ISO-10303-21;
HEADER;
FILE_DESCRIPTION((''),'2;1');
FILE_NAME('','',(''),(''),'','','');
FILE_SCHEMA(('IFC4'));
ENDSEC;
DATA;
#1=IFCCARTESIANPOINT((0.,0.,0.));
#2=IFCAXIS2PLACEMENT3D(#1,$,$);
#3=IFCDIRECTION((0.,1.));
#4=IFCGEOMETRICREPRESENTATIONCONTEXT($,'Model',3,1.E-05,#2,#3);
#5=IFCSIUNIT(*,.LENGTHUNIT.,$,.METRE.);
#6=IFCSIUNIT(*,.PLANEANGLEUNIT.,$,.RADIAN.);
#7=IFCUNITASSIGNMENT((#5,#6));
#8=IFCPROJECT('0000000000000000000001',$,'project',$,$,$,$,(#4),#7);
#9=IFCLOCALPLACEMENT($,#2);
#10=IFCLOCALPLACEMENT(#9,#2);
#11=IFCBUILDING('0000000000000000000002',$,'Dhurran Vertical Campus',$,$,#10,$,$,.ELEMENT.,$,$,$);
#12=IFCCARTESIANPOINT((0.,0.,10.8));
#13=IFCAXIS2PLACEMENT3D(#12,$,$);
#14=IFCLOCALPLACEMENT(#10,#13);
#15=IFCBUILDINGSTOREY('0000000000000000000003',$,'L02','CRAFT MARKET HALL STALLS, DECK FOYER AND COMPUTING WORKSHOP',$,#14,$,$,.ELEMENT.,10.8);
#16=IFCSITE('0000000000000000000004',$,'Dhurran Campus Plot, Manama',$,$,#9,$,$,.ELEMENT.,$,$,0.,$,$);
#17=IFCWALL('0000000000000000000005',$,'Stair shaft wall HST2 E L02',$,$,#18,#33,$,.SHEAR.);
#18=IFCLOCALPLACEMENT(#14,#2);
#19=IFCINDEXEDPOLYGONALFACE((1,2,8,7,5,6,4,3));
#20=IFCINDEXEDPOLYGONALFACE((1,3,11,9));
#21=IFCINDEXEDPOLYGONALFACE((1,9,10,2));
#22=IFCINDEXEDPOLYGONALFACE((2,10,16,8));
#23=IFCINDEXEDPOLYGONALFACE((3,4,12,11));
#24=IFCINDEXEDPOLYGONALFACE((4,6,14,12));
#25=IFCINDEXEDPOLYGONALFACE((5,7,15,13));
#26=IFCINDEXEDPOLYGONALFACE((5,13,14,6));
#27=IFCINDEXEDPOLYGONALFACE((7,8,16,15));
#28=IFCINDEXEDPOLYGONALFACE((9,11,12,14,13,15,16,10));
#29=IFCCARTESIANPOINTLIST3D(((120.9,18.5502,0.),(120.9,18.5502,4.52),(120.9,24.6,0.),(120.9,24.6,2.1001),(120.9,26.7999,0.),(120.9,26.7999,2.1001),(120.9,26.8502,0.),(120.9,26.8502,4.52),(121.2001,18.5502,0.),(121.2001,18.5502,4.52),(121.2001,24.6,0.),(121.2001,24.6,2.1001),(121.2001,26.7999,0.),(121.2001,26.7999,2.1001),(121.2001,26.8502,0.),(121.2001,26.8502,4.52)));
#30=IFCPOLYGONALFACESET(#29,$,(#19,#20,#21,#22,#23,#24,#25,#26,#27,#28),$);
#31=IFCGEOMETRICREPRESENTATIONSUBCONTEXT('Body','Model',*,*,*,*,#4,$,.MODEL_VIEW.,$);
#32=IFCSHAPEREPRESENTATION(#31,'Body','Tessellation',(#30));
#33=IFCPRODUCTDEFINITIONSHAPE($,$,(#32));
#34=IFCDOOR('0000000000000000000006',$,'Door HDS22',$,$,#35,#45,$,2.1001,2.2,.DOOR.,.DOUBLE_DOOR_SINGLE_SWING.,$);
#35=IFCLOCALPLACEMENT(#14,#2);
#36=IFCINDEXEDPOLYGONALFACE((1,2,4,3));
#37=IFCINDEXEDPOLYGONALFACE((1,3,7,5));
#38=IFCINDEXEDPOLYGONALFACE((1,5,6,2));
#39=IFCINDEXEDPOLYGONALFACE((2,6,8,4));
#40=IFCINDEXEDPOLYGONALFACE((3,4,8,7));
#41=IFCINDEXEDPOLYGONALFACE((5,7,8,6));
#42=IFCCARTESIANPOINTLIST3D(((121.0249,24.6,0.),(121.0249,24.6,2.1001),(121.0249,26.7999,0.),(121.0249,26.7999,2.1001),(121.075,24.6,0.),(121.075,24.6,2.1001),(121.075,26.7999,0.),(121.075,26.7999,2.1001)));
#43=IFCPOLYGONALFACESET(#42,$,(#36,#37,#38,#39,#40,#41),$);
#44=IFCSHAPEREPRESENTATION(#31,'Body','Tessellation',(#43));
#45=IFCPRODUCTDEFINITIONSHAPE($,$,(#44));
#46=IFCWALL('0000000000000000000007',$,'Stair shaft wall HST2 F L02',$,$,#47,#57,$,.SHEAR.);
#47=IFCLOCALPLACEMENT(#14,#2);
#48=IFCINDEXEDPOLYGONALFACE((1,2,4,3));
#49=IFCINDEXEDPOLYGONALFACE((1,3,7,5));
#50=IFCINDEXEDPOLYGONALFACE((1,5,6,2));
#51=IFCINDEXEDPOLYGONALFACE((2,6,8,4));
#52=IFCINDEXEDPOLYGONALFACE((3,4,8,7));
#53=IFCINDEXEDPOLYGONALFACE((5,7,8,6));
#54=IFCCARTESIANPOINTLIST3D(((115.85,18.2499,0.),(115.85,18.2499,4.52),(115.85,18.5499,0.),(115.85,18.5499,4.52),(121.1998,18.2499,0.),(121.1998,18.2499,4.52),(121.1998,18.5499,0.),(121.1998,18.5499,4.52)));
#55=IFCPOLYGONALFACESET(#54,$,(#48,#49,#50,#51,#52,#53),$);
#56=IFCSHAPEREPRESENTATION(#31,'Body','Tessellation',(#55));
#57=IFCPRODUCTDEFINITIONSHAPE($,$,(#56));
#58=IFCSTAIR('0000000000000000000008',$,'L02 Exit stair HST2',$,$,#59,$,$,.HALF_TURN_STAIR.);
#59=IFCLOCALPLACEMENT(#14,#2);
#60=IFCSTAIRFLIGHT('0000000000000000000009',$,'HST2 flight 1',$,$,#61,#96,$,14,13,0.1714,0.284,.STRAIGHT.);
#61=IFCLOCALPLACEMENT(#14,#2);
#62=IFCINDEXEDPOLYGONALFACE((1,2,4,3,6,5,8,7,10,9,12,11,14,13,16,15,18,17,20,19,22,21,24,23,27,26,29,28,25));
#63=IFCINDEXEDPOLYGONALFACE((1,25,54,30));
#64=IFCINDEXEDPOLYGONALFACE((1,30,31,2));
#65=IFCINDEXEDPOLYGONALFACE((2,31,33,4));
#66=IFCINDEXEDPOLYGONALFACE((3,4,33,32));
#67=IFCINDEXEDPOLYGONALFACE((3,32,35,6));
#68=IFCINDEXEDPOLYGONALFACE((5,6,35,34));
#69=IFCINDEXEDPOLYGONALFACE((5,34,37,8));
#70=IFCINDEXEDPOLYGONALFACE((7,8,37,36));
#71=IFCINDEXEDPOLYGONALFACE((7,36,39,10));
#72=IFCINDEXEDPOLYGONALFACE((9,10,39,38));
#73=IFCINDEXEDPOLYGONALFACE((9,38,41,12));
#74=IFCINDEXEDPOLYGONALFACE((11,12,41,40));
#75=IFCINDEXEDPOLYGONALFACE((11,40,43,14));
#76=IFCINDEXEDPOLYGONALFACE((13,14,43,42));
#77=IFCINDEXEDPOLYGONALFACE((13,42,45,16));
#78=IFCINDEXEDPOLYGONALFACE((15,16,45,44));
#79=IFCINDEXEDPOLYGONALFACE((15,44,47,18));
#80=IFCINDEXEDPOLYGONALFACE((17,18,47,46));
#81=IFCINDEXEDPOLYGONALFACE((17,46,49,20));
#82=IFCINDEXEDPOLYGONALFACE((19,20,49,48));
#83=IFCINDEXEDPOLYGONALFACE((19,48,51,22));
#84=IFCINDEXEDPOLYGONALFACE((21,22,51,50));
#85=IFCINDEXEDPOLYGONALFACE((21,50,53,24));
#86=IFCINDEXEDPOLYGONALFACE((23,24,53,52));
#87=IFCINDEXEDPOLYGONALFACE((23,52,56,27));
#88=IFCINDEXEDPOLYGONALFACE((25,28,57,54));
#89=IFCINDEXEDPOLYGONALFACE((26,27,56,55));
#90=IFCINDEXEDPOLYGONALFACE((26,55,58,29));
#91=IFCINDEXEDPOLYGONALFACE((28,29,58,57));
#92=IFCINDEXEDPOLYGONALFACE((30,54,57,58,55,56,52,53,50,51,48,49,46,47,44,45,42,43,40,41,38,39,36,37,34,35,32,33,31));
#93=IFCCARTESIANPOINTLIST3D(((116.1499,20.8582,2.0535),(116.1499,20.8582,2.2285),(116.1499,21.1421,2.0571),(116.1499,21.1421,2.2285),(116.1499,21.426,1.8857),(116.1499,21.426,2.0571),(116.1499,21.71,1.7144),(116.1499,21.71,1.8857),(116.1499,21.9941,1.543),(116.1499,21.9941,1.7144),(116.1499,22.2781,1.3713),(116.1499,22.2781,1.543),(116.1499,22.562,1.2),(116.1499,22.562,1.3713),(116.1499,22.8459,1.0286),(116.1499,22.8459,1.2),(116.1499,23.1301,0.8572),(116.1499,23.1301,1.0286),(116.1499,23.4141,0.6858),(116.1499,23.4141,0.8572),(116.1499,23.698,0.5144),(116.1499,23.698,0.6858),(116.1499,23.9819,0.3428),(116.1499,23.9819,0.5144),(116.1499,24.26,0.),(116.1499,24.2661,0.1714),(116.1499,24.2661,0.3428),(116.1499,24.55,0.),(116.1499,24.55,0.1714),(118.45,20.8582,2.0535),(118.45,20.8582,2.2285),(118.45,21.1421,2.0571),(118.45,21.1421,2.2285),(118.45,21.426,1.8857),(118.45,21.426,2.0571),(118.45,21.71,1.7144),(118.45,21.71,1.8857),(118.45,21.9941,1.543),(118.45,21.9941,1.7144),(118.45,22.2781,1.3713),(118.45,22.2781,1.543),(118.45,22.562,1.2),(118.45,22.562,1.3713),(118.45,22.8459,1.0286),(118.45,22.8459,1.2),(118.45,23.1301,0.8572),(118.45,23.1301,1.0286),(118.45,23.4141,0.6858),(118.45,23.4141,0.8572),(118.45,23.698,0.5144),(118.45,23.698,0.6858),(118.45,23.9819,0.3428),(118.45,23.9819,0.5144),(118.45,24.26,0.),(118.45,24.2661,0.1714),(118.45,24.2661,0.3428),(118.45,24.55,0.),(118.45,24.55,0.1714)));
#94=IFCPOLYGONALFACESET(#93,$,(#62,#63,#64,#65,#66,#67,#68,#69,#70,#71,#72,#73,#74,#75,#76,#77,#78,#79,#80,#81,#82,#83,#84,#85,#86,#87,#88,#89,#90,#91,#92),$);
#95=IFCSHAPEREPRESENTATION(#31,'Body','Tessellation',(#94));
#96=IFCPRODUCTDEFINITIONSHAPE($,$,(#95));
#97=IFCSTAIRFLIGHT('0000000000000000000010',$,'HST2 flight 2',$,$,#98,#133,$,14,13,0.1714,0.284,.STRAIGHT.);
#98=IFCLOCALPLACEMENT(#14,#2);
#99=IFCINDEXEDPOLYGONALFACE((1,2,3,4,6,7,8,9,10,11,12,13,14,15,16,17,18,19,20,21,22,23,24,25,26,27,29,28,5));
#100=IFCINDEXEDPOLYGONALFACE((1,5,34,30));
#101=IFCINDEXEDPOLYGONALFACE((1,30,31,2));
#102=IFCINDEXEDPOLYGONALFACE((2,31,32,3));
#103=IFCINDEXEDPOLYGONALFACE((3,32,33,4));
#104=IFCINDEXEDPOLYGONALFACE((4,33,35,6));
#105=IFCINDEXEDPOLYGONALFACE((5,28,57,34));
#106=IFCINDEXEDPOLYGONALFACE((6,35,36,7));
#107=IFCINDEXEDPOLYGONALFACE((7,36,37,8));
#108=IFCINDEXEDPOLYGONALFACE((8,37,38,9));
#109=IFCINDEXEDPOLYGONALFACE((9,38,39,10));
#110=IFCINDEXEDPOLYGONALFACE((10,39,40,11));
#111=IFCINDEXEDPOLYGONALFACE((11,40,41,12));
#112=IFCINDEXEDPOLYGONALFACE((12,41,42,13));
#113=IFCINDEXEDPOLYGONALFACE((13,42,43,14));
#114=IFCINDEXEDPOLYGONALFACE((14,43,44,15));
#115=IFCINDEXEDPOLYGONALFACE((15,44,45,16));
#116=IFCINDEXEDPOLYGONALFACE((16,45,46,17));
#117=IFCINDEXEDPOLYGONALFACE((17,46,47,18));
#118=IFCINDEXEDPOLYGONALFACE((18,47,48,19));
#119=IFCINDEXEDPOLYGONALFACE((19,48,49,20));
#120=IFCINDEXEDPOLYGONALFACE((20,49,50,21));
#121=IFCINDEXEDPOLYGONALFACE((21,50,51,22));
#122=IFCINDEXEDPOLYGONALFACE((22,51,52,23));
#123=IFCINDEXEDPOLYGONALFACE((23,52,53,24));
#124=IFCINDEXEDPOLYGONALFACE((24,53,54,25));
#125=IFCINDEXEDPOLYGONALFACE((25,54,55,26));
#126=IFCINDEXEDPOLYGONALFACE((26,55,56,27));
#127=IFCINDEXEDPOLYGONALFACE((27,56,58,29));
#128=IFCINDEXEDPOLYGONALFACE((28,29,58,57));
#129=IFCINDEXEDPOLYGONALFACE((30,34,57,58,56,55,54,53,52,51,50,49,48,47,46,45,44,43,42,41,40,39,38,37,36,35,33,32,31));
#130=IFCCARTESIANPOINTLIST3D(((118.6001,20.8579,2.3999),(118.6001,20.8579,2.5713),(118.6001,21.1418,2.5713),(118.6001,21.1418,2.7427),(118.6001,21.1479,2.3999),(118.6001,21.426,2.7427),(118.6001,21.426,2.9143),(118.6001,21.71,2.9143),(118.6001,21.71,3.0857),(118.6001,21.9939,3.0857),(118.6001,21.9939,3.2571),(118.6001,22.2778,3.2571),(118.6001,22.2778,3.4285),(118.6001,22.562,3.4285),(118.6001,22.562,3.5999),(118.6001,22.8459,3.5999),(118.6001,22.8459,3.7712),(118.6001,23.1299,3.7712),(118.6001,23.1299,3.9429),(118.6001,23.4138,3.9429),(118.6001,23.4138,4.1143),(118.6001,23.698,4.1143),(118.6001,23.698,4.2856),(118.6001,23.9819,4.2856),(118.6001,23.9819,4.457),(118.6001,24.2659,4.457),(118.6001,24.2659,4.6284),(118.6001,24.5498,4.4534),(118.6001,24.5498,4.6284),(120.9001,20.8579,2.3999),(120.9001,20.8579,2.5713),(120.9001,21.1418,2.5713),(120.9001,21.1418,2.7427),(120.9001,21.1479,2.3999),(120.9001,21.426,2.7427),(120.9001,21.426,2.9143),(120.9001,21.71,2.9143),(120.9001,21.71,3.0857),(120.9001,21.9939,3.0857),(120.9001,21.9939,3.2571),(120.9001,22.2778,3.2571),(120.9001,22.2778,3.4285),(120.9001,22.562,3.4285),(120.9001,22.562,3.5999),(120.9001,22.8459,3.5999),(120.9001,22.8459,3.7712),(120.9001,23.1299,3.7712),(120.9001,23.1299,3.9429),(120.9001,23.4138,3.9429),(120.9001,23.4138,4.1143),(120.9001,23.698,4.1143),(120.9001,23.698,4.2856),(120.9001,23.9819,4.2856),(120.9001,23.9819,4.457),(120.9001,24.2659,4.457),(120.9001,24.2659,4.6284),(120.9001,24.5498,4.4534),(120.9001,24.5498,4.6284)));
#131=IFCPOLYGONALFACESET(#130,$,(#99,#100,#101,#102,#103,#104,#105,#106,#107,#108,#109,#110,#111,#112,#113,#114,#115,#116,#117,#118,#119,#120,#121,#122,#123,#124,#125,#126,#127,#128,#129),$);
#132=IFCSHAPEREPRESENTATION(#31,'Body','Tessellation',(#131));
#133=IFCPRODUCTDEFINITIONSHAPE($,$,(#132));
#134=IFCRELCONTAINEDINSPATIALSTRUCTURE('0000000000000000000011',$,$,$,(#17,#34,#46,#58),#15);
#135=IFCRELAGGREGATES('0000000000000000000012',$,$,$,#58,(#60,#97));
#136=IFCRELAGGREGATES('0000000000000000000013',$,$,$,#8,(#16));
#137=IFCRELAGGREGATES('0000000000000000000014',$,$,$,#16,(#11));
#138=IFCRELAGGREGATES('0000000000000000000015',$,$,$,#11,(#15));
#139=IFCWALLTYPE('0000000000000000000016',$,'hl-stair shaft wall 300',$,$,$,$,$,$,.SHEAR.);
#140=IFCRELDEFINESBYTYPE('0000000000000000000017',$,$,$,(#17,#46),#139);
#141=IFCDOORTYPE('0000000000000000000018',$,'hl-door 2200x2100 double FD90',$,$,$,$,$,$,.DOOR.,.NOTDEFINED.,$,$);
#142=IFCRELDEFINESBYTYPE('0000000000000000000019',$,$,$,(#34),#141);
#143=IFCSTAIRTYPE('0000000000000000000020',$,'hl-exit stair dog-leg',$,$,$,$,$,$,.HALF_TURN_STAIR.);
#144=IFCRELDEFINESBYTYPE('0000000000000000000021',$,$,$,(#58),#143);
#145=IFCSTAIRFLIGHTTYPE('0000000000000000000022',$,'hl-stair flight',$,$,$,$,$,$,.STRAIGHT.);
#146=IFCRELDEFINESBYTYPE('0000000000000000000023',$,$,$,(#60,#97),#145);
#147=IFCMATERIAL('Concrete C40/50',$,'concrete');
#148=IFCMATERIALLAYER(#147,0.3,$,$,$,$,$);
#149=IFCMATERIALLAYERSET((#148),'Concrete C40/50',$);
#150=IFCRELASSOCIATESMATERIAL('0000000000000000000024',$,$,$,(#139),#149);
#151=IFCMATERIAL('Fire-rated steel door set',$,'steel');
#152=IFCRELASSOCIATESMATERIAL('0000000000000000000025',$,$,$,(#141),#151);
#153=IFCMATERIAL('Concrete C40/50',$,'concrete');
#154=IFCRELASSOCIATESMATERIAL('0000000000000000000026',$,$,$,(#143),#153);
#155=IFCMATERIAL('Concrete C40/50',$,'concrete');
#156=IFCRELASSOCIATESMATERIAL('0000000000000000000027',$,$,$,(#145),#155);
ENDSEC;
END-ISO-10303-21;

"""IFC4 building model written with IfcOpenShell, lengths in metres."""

from ifc_helpers import new_model, si_unit, direction, frame, frame_2d, origin, place, context, subcontext, project, spatial, polyline, rectangle, outline, extrude, material, layer, layer_set, type_object, element, fill, aggregate, save


model = new_model("IFC4")

# Units and contexts
model_context = context("Model", 3, precision=1e-05, world=origin(), true_north=direction((0.0, 1.0)))
body_context = subcontext(model_context, "Body", "Model", "MODEL_VIEW")
ifc_project = project(units=[si_unit("LENGTHUNIT", "METRE"), si_unit("PLANEANGLEUNIT", "RADIAN")], contexts=[model_context])

# Site, building, storey
site_placement = place(None, origin())
site = spatial("IfcSite", under=ifc_project, at=site_placement, Name="Dhurran Campus Plot, Manama", CompositionType="ELEMENT", RefElevation=0.0)
building_placement = place(site_placement, origin())
building = spatial("IfcBuilding", under=site, at=building_placement, Name="Dhurran Vertical Campus", CompositionType="ELEMENT")
storey_placement = place(building_placement, frame((0.0, 0.0, 10.8)))
storey = spatial("IfcBuildingStorey", under=building, at=storey_placement, Name="L02", Description="CRAFT MARKET HALL STALLS, DECK FOYER AND COMPUTING WORKSHOP", CompositionType="ELEMENT", Elevation=10.8)

# Shared definitions
ifc_material_1 = material(Name="Concrete C40/50", Category="concrete")
ifc_layer_1 = layer(ifc_material_1, 0.3)
ifc_layer_set_1 = layer_set([ifc_layer_1], Name="Concrete C40/50")
wall_type_1 = type_object("IfcWallType", Name="hl-stair shaft wall 300", PredefinedType="SHEAR", material=ifc_layer_set_1)

# Wall, opening, door
wall_1_placement = place(storey_placement, frame((121.05, 26.8501, 0.0), z_axis=(0.0, 0.0, 1.0), x_axis=(0.0, -1.0, 0.0)))
wall_1 = element("IfcWall", 1, at=wall_1_placement, inside=storey, type_object=wall_type_1, Name="Stair shaft wall HST2 E L02", PredefinedType="SHEAR", context=body_context, shape_type="SweptSolid", body=[
    extrude(rectangle(XDim=8.3, YDim=0.3, at=frame_2d((4.1499, 0.0))), origin(), (0.0, 0.0, 1.0), 4.52),
])
opening_1_placement = place(wall_1_placement, frame((0.05, 0.0, 0.0)))
opening_1 = element("IfcOpeningElement", 2, at=opening_1_placement, cuts=wall_1, PredefinedType="OPENING", context=body_context, shape_type="SweptSolid", body=[
    extrude(rectangle(XDim=2.2, YDim=2.1001, at=frame_2d((1.1001, 1.05))), frame((0.0, 0.1599, 0.0), z_axis=(0.0, -1.0, 0.0), x_axis=(1.0, 0.0, 0.0)), (0.0, 0.0, 1.0), 0.3201),
])
ifc_material_2 = material(Name="Fire-rated steel door set", Category="steel")
door_type = type_object("IfcDoorType", Name="hl-door 2200x2100 double FD90", OperationType="NOTDEFINED", PredefinedType="DOOR", material=ifc_material_2)
door_placement = place(opening_1_placement, origin())
door = element("IfcDoor", 3, at=door_placement, inside=storey, type_object=door_type, Name="Door HDS22", OperationType="DOUBLE_DOOR_SINGLE_SWING", OverallHeight=2.1001, OverallWidth=2.2, PredefinedType="DOOR", context=body_context, shape_type="SweptSolid", body=[
    extrude(rectangle(XDim=2.2, YDim=2.1001, at=frame_2d((1.1001, 1.05))), frame((0.0, 0.0249, 0.0), z_axis=(0.0, -1.0, 0.0), x_axis=(1.0, 0.0, 0.0)), (0.0, 0.0, 1.0), 0.05),
])
fill(opening_1, door)

# Wall
wall_2_placement = place(storey_placement, frame((115.8501, 18.3999, 0.0), z_axis=(0.0, 0.0, 1.0), x_axis=(1.0, 0.0, 0.0)))
element("IfcWall", 4, at=wall_2_placement, inside=storey, type_object=wall_type_1, Name="Stair shaft wall HST2 F L02", PredefinedType="SHEAR", context=body_context, shape_type="SweptSolid", body=[
    extrude(rectangle(XDim=5.3499, YDim=0.3, at=frame_2d((2.6748, 0.0))), origin(), (0.0, 0.0, 1.0), 4.52),
])

# Stair, stair flights
ifc_material_3 = material(Name="Concrete C40/50", Category="concrete")
stair_type = type_object("IfcStairType", Name="hl-exit stair dog-leg", PredefinedType="HALF_TURN_STAIR", material=ifc_material_3)
stair_placement = place(storey_placement, origin())
stair = element("IfcStair", 5, at=stair_placement, inside=storey, type_object=stair_type, Name="L02 Exit stair HST2", PredefinedType="HALF_TURN_STAIR")
ifc_material_4 = material(Name="Concrete C40/50", Category="concrete")
stair_flight_type = type_object("IfcStairFlightType", Name="hl-stair flight", PredefinedType="STRAIGHT", material=ifc_material_4)
stair_flight_1_placement = place(storey_placement, frame((117.3, 24.55, 0.0), z_axis=(0.0, 0.0, 1.0), x_axis=(0.0, -1.0, 0.0)))
stair_flight_1 = element("IfcStairFlight", 6, at=stair_flight_1_placement, type_object=stair_flight_type, Name="HST2 flight 1", NumberOfRisers=14, NumberOfTreads=13, PredefinedType="STRAIGHT", RiserHeight=0.1714, TreadLength=0.284, context=body_context, shape_type="SweptSolid", body=[
    extrude(outline(polyline([(0.0, 0.0), (0.0, 0.1714), (0.2839, 0.1714), (0.2839, 0.3428), (0.5681, 0.3428), (0.5681, 0.5144), (0.8521, 0.5144), (0.8521, 0.6858), (1.136, 0.6858), (1.136, 0.8572), (1.4199, 0.8572), (1.4199, 1.0286), (1.7041, 1.0286), (1.7041, 1.2), (1.988, 1.2), (1.988, 1.3713), (2.272, 1.3713), (2.272, 1.543), (2.5559, 1.543), (2.5559, 1.7144), (2.8401, 1.7144), (2.8401, 1.8857), (3.124, 1.8857), (3.124, 2.0571), (3.408, 2.0571), (3.408, 2.2285), (3.6919, 2.2285), (3.6919, 2.3999), (3.6919, 2.0535), (0.29, 0.0), (0.0, 0.0)])), frame((0.0, 1.1499, 0.0), z_axis=(0.0, -1.0, 0.0), x_axis=(1.0, 0.0, 0.0)), (0.0, 0.0, 1.0), 2.3),
])
stair_flight_2_placement = place(storey_placement, frame((119.75, 20.8579, 2.3999), z_axis=(0.0, 0.0, 1.0), x_axis=(0.0, 1.0, 0.0)))
stair_flight_2 = element("IfcStairFlight", 7, at=stair_flight_2_placement, type_object=stair_flight_type, Name="HST2 flight 2", NumberOfRisers=14, NumberOfTreads=13, PredefinedType="STRAIGHT", RiserHeight=0.1714, TreadLength=0.284, context=body_context, shape_type="SweptSolid", body=[
    extrude(outline(polyline([(0.0, 0.0), (0.0, 0.1714), (0.2839, 0.1714), (0.2839, 0.3428), (0.5681, 0.3428), (0.5681, 0.5144), (0.8521, 0.5144), (0.8521, 0.6858), (1.136, 0.6858), (1.136, 0.8572), (1.4199, 0.8572), (1.4199, 1.0286), (1.7041, 1.0286), (1.7041, 1.2), (1.988, 1.2), (1.988, 1.3713), (2.272, 1.3713), (2.272, 1.543), (2.5559, 1.543), (2.5559, 1.7144), (2.8401, 1.7144), (2.8401, 1.8857), (3.124, 1.8857), (3.124, 2.0571), (3.408, 2.0571), (3.408, 2.2285), (3.6919, 2.2285), (3.6919, 2.3999), (3.6919, 2.0535), (0.29, 0.0), (0.0, 0.0)])), frame((0.0, 1.1499, 0.0), z_axis=(0.0, -1.0, 0.0), x_axis=(1.0, 0.0, 0.0)), (0.0, 0.0, 1.0), 2.3),
])
aggregate(stair, [stair_flight_1, stair_flight_2])

save(model, "model.ifc")
